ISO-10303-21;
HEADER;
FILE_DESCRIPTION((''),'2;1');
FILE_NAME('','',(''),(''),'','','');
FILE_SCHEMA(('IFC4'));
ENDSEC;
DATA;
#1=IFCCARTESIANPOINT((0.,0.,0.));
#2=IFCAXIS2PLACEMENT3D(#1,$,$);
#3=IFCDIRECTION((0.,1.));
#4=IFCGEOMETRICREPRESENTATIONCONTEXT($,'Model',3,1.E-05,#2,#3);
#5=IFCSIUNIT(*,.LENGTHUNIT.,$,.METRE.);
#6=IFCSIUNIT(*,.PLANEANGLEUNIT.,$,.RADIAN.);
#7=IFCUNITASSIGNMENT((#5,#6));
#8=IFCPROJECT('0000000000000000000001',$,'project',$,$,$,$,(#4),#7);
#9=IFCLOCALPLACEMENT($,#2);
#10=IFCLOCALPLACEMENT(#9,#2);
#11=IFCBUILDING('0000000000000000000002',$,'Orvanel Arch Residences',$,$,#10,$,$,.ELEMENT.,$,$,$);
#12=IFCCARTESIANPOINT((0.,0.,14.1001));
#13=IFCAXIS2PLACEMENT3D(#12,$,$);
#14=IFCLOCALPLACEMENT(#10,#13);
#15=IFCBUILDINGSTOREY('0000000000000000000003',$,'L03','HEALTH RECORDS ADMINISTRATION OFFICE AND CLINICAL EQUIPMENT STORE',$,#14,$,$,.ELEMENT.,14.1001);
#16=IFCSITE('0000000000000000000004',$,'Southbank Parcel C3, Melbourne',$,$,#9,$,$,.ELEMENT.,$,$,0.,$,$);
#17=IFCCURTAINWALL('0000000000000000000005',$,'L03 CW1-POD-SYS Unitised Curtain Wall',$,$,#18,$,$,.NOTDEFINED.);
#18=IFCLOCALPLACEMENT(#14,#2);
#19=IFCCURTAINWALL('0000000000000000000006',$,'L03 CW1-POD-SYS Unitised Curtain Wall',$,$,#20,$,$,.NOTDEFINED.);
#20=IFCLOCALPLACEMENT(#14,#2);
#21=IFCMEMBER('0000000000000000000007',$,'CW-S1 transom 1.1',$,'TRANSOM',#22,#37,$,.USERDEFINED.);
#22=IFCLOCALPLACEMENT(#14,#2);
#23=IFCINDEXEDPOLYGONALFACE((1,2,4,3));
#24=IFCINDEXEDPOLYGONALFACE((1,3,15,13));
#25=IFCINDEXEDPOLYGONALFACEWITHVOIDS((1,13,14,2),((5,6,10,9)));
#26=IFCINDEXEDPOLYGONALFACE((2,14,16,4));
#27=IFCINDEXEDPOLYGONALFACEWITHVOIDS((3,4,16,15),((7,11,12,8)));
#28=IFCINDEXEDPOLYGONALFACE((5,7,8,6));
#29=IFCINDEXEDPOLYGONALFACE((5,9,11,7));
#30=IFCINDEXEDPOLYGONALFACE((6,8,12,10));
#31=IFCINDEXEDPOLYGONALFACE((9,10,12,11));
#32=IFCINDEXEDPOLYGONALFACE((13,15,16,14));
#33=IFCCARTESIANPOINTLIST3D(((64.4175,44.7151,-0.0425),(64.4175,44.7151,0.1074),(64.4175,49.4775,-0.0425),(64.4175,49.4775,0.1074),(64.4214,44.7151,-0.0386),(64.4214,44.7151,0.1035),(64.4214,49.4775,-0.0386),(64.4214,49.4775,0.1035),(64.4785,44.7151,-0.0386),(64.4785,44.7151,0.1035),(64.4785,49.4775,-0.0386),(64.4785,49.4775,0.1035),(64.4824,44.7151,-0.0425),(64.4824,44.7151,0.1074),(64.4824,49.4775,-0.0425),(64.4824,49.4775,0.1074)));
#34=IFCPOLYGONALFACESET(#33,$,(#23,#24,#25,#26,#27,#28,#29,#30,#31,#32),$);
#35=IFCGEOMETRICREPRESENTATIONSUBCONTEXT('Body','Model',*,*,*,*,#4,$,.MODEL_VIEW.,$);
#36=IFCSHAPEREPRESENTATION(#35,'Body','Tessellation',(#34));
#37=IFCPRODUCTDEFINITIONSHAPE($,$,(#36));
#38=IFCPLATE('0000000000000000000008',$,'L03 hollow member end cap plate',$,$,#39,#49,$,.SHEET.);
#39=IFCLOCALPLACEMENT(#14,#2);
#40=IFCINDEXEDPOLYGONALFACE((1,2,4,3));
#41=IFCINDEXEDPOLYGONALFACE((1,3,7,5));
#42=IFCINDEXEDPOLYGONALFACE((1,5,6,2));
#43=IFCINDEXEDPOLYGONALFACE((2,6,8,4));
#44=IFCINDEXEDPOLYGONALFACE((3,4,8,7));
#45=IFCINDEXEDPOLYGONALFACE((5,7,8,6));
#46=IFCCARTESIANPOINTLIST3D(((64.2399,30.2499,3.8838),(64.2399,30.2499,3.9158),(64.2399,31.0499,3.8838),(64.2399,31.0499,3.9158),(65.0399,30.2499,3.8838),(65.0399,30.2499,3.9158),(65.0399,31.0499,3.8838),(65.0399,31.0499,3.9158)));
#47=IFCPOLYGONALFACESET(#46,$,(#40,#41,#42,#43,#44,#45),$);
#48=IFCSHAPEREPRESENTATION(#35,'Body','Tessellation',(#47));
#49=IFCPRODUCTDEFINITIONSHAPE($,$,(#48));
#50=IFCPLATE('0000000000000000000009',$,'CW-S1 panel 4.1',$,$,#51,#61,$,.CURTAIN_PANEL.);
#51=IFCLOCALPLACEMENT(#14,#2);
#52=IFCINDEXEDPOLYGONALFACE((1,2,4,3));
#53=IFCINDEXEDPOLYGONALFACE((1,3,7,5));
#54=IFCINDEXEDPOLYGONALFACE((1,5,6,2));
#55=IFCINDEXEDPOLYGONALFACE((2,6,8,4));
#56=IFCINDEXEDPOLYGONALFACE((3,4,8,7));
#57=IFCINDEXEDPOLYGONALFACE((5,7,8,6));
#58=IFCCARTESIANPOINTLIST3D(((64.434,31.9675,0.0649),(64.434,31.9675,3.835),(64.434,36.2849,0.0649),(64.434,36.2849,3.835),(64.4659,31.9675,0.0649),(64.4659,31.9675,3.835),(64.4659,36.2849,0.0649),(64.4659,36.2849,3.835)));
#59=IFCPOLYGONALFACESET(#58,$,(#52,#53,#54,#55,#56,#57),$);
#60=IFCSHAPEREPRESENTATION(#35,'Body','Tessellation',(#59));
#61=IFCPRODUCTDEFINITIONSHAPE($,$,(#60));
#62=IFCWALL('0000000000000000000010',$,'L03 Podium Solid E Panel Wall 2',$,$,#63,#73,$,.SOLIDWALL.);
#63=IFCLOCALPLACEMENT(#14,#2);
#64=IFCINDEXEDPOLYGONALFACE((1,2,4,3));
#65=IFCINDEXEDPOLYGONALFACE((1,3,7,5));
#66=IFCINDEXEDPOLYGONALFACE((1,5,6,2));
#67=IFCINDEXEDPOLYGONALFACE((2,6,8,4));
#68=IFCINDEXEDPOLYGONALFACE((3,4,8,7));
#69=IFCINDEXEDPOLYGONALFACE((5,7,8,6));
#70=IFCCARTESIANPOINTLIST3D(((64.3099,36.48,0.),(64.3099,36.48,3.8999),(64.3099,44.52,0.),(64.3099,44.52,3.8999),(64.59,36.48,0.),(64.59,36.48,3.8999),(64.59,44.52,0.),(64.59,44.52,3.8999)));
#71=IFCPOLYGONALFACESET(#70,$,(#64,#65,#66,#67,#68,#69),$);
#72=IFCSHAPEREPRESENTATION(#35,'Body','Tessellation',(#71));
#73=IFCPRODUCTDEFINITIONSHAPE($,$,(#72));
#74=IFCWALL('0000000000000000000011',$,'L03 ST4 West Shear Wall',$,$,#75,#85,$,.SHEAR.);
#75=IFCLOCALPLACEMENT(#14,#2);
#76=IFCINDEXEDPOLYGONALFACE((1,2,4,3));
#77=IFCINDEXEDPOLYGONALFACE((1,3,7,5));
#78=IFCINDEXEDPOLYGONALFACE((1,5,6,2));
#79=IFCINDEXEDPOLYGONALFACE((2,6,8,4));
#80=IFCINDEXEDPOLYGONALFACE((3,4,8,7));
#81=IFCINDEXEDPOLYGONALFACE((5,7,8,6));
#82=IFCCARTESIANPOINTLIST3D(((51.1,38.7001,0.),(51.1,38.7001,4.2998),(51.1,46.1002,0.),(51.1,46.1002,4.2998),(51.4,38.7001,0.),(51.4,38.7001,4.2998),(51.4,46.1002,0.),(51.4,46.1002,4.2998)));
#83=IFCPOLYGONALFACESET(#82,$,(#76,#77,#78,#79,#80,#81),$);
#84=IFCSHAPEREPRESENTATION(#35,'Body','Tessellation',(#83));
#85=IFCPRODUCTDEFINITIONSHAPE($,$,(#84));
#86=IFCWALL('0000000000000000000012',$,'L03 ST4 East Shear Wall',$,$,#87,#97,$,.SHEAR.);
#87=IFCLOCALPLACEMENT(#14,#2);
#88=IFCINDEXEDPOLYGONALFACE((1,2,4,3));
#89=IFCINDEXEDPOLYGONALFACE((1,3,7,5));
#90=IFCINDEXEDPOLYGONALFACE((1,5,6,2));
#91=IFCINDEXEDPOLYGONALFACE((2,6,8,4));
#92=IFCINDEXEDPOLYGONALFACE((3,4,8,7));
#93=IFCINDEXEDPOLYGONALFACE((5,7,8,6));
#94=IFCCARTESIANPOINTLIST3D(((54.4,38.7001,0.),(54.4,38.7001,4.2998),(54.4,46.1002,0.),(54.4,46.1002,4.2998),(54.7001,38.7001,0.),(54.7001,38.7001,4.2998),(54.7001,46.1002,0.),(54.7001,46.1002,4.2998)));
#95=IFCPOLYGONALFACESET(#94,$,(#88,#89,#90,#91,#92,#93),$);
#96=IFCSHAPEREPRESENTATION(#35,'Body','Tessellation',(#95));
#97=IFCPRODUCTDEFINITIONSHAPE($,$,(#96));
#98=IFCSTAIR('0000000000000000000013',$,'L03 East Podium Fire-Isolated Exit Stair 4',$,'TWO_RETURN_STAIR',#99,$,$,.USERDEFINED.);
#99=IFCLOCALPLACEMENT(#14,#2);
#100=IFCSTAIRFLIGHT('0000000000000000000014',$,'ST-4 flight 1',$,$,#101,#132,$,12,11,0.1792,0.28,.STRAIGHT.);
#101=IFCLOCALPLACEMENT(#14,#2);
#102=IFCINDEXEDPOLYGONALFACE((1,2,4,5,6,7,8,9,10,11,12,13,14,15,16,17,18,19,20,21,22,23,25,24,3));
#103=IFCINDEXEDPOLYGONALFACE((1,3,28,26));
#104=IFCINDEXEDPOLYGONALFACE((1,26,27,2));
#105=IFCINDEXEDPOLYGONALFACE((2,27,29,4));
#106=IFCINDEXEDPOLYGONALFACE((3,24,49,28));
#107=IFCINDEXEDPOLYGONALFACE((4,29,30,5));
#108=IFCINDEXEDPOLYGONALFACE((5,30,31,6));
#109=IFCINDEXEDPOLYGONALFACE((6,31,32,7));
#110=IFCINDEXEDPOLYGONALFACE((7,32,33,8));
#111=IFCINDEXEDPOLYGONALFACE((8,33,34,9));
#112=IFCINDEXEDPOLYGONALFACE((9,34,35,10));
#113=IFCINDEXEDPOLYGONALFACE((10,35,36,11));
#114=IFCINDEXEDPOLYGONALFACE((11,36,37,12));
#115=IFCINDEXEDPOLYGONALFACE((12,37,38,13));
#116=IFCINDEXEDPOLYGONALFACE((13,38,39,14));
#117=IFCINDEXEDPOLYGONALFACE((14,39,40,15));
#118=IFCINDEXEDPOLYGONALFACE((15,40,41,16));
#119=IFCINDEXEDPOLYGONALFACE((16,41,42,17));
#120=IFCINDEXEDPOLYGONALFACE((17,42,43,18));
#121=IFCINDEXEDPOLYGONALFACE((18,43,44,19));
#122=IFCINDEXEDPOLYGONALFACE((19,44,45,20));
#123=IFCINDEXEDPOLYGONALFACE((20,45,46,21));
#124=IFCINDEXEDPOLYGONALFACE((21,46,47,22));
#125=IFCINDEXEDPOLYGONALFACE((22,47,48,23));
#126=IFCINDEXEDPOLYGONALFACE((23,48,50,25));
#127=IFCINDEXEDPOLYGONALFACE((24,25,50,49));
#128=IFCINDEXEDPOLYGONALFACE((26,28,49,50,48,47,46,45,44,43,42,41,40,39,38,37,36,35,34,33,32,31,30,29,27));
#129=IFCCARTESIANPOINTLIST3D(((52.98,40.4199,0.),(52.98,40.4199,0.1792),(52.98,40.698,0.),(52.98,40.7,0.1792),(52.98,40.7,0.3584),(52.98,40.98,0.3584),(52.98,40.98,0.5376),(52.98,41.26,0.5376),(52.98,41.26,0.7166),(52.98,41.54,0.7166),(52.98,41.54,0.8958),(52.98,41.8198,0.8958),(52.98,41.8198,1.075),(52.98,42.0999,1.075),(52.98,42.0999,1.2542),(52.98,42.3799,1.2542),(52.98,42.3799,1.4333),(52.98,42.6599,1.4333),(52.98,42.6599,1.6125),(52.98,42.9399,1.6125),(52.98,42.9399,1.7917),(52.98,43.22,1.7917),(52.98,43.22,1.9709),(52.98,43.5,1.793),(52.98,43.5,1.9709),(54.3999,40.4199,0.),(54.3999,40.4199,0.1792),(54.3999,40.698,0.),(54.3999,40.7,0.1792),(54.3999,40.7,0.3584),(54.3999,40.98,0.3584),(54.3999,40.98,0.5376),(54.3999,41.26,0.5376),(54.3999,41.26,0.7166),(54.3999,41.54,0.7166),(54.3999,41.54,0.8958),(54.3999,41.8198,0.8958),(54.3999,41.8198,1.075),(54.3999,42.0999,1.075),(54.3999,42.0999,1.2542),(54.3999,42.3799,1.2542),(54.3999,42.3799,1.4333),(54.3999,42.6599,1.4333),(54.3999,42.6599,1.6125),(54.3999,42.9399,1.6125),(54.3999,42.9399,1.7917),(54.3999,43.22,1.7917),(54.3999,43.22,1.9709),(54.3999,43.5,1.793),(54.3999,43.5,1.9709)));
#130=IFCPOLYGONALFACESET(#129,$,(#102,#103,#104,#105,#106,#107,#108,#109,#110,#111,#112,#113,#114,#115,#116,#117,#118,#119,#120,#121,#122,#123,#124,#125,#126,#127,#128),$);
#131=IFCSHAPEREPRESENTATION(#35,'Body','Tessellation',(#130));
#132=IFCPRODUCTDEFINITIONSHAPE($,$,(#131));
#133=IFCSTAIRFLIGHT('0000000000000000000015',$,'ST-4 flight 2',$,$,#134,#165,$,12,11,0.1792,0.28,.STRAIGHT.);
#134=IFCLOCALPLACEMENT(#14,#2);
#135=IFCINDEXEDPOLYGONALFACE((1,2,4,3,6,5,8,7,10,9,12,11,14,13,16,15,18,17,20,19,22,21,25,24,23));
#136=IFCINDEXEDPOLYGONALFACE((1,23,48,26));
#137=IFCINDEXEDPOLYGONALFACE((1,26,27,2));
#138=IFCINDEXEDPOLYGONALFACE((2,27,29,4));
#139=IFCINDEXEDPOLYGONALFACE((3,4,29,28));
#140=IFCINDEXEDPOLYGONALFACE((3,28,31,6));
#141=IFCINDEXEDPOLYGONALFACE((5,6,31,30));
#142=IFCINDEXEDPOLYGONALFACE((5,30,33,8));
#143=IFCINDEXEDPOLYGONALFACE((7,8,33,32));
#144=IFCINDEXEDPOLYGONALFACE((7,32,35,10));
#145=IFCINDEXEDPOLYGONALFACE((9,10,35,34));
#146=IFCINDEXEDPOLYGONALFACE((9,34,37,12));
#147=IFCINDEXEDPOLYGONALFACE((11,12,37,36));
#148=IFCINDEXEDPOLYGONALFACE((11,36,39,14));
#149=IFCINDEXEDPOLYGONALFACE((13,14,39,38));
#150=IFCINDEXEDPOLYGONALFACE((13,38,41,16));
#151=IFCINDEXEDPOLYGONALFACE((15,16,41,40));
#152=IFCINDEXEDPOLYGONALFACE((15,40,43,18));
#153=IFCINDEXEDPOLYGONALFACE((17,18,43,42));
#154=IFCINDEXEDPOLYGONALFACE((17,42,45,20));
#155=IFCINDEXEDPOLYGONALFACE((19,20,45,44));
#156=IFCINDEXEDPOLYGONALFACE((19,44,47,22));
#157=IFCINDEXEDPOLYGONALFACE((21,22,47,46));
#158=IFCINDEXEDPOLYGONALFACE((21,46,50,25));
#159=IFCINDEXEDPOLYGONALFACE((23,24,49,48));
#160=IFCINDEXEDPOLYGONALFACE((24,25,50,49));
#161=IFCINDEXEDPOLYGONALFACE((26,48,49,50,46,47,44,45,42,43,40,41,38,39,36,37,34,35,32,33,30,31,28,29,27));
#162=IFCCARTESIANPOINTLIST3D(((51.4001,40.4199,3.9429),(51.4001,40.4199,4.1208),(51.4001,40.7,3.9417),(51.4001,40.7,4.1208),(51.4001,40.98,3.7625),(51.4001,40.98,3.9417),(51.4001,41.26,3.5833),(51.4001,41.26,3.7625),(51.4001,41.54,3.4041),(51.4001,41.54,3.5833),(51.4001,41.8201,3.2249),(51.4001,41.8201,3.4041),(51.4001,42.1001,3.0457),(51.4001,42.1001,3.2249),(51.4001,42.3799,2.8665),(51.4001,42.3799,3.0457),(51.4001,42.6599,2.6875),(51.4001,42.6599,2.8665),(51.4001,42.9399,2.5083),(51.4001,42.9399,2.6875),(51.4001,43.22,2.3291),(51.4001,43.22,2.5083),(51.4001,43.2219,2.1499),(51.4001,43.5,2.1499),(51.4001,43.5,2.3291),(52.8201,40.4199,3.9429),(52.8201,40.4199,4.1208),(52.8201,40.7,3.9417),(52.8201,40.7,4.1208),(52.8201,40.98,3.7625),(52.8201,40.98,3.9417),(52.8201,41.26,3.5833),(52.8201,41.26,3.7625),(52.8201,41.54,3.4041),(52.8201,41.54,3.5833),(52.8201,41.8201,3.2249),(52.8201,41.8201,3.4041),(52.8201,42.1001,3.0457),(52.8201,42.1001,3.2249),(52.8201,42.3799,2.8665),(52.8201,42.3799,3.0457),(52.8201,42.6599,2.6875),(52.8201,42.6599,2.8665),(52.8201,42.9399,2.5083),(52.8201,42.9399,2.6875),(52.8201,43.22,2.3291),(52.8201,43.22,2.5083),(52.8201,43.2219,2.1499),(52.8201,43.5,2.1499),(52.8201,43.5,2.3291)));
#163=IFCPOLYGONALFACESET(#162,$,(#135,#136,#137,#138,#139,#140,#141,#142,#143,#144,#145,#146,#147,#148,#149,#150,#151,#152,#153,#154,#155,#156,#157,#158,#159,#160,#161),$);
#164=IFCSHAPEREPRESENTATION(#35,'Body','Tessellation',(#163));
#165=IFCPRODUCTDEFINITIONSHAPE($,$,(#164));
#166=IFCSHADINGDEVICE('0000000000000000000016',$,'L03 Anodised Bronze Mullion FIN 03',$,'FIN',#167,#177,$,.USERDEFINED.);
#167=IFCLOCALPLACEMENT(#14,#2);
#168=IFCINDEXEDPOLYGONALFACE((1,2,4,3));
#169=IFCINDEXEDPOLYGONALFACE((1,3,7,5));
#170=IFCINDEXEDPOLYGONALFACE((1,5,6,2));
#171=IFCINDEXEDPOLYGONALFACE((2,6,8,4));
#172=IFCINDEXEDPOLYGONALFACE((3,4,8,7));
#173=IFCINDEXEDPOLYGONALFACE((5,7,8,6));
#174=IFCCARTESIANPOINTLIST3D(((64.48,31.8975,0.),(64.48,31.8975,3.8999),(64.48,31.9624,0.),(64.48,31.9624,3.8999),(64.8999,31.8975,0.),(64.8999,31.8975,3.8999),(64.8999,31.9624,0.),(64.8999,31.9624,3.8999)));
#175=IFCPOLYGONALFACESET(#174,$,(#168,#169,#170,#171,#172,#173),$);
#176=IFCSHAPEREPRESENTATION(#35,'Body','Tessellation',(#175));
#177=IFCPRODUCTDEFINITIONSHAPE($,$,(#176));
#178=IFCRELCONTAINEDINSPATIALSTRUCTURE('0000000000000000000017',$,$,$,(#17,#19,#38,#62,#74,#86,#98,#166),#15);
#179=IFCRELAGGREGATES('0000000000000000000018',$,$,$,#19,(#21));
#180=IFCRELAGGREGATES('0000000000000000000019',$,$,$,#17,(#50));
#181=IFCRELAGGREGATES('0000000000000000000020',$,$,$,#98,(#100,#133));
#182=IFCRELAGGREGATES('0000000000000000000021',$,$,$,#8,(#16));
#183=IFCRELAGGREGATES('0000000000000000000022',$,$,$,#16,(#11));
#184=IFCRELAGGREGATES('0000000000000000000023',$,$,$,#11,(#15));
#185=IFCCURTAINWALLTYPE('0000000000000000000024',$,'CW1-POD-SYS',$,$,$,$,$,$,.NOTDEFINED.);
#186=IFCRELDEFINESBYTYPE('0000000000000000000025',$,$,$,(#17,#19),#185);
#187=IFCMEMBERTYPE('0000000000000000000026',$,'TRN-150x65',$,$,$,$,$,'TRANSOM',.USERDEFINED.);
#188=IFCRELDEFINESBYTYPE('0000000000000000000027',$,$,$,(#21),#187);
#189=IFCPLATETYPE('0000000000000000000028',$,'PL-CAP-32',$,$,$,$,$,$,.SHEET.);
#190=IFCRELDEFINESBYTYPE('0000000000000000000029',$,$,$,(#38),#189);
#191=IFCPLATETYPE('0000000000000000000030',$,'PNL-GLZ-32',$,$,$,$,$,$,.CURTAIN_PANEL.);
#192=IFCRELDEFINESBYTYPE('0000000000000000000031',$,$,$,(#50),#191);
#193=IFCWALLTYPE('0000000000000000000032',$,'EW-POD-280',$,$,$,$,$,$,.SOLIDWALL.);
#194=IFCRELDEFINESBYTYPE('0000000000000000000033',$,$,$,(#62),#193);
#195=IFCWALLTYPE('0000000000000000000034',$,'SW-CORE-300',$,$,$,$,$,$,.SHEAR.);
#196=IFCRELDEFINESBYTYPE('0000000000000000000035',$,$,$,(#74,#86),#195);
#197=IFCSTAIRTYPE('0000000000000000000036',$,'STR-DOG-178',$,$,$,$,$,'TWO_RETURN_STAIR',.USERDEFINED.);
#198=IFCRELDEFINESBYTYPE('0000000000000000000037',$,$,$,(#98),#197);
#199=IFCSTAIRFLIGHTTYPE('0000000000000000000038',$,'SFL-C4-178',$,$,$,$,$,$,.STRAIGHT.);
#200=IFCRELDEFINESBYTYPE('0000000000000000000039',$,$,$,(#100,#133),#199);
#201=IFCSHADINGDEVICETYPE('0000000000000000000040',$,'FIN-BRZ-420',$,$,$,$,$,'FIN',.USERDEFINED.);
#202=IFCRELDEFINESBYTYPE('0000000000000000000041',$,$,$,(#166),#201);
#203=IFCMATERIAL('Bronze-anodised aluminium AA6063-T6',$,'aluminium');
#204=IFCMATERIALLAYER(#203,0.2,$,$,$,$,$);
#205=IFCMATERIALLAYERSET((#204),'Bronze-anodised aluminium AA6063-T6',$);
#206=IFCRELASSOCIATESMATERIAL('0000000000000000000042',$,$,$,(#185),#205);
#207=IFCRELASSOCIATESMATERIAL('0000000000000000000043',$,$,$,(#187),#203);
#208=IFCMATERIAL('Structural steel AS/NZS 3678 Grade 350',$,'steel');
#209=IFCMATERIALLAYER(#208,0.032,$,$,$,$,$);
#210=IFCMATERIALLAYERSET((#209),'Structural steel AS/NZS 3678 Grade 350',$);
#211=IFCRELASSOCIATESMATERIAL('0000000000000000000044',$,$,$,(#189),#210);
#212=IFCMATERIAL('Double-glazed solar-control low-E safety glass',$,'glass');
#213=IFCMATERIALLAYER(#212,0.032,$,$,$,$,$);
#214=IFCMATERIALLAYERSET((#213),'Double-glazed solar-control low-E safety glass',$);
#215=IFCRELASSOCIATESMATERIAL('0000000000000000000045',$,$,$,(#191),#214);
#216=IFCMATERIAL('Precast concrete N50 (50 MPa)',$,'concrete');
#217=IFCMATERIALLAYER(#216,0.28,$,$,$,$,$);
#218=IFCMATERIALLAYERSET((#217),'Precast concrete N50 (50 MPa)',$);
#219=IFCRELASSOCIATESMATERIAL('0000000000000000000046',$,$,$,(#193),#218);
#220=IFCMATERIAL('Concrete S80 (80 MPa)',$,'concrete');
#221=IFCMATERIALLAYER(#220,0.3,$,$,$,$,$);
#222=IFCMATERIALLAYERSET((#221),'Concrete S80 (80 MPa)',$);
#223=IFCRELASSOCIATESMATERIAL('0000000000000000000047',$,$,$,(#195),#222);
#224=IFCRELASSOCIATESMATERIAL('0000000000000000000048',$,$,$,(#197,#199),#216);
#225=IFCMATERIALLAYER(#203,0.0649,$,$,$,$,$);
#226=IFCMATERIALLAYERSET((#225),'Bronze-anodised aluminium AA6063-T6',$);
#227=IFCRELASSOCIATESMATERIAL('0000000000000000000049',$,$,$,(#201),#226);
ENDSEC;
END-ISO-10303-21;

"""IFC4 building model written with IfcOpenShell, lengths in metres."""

from ifc_helpers import new_model, si_unit, direction, frame, frame_2d, origin, origin_2d, place, context, subcontext, project, spatial, polyline, rectangle, hollow_rectangle, outline, extrude, material, layer, layer_set, material_profile, profile_set, type_object, element, aggregate, save


model = new_model("IFC4")

# Units and contexts
model_context = context("Model", 3, precision=1e-05, world=origin(), true_north=direction((0.0, 1.0)))
body_context = subcontext(model_context, "Body", "Model", "MODEL_VIEW")
ifc_project = project(units=[si_unit("LENGTHUNIT", "METRE"), si_unit("PLANEANGLEUNIT", "RADIAN")], contexts=[model_context])

# Site, building, storey
site_placement = place(None, origin())
site = spatial("IfcSite", under=ifc_project, at=site_placement, Name="Southbank Parcel C3, Melbourne", CompositionType="ELEMENT", RefElevation=0.0)
building_placement = place(site_placement, origin())
building = spatial("IfcBuilding", under=site, at=building_placement, Name="Orvanel Arch Residences", CompositionType="ELEMENT")
storey_placement = place(building_placement, frame((0.0, 0.0, 14.1001)))
storey = spatial("IfcBuildingStorey", under=building, at=storey_placement, Name="L03", Description="HEALTH RECORDS ADMINISTRATION OFFICE AND CLINICAL EQUIPMENT STORE", CompositionType="ELEMENT", Elevation=14.1001)

# Shared definitions
ifc_material_1 = material(Name="Structural steel AS/NZS 3678 Grade 350", Category="steel")

# Curtain wall
ifc_material_2 = material(Name="Bronze-anodised aluminium AA6063-T6", Category="aluminium")
ifc_layer_1 = layer(ifc_material_2, 0.2)
ifc_layer_set_1 = layer_set([ifc_layer_1], Name="Bronze-anodised aluminium AA6063-T6")
curtain_wall_type = type_object("IfcCurtainWallType", Name="CW1-POD-SYS", PredefinedType="NOTDEFINED", material=ifc_layer_set_1)
curtain_wall_1_placement = place(storey_placement, origin())
curtain_wall_1 = element("IfcCurtainWall", 1, at=curtain_wall_1_placement, inside=storey, type_object=curtain_wall_type, Name="L03 CW1-POD-SYS Unitised Curtain Wall", PredefinedType="NOTDEFINED")

# Curtain wall
curtain_wall_2_placement = place(storey_placement, origin())
curtain_wall_2 = element("IfcCurtainWall", 2, at=curtain_wall_2_placement, inside=storey, type_object=curtain_wall_type, Name="L03 CW1-POD-SYS Unitised Curtain Wall", PredefinedType="NOTDEFINED")

# Member
ifc_material_profile_1 = material_profile(ifc_material_2, hollow_rectangle(XDim=0.0649, YDim=0.1499, WallThickness=0.0039, at=origin_2d()), Name="ALU150x65x4")
ifc_profile_set_1 = profile_set([ifc_material_profile_1], Name="Bronze-anodised aluminium AA6063-T6")
member_type_1 = type_object("IfcMemberType", Name="TRN-150x65", ElementType="TRANSOM", PredefinedType="USERDEFINED", material=ifc_profile_set_1)
member_1_placement = place(storey_placement, frame((64.45, 44.7151, 0.0325), z_axis=(0.0, 1.0, 0.0), x_axis=(-1.0, 0.0, 0.0)))
member_1 = element("IfcMember", 3, at=member_1_placement, type_object=member_type_1, Name="CW-S1 transom 1.1", ObjectType="TRANSOM", PredefinedType="USERDEFINED", context=body_context, shape_type="SweptSolid", body=[
    extrude(hollow_rectangle(XDim=0.0649, YDim=0.1499, WallThickness=0.0039, at=origin_2d()), origin(), (0.0, 0.0, 1.0), 4.7625),
])
aggregate(curtain_wall_2, [member_1])

# Plates
ifc_layer_2 = layer(ifc_material_1, 0.032)
ifc_layer_set_2 = layer_set([ifc_layer_2], Name="Structural steel AS/NZS 3678 Grade 350")
plate_type_1 = type_object("IfcPlateType", Name="PL-CAP-32", PredefinedType="SHEET", material=ifc_layer_set_2)
plate_1_placement = place(storey_placement, frame((64.6399, 30.6499, 3.8838), z_axis=(0.0, 0.0, 1.0), x_axis=(0.0, 1.0, 0.0)))
element("IfcPlate", 4, at=plate_1_placement, inside=storey, type_object=plate_type_1, Name="L03 hollow member end cap plate", PredefinedType="SHEET", context=body_context, shape_type="SweptSolid", body=[
    extrude(rectangle(XDim=0.8, YDim=0.8, at=origin_2d()), origin(), (0.0, 0.0, 1.0), 0.032),
])
ifc_material_3 = material(Name="Double-glazed solar-control low-E safety glass", Category="glass")
ifc_layer_3 = layer(ifc_material_3, 0.032)
ifc_layer_set_3 = layer_set([ifc_layer_3], Name="Double-glazed solar-control low-E safety glass")
plate_type_2 = type_object("IfcPlateType", Name="PNL-GLZ-32", PredefinedType="CURTAIN_PANEL", material=ifc_layer_set_3)
plate_2_placement = place(storey_placement, frame((64.45, 34.1262, 0.0649), z_axis=(0.0, 0.0, 1.0), x_axis=(0.0, 1.0, 0.0)))
plate_2 = element("IfcPlate", 5, at=plate_2_placement, type_object=plate_type_2, Name="CW-S1 panel 4.1", PredefinedType="CURTAIN_PANEL", context=body_context, shape_type="SweptSolid", body=[
    extrude(rectangle(XDim=4.3174, YDim=0.032, at=origin_2d()), origin(), (0.0, 0.0, 1.0), 3.77),
])
aggregate(curtain_wall_1, [plate_2])

# Walls
ifc_material_4 = material(Name="Precast concrete N50 (50 MPa)", Category="concrete")
ifc_layer_4 = layer(ifc_material_4, 0.28)
ifc_layer_set_4 = layer_set([ifc_layer_4], Name="Precast concrete N50 (50 MPa)")
wall_type_1 = type_object("IfcWallType", Name="EW-POD-280", PredefinedType="SOLIDWALL", material=ifc_layer_set_4)
wall_placement = place(storey_placement, frame((64.45, 36.48, 0.0), z_axis=(0.0, 0.0, 1.0), x_axis=(0.0, 1.0, 0.0)))
element("IfcWall", 6, at=wall_placement, inside=storey, type_object=wall_type_1, Name="L03 Podium Solid E Panel Wall 2", PredefinedType="SOLIDWALL", context=body_context, shape_type="SweptSolid", body=[
    extrude(rectangle(XDim=8.04, YDim=0.28, at=frame_2d((4.02, 0.0))), origin(), (0.0, 0.0, 1.0), 3.8999),
])
ifc_material_5 = material(Name="Concrete S80 (80 MPa)", Category="concrete")
ifc_layer_5 = layer(ifc_material_5, 0.3)
ifc_layer_set_5 = layer_set([ifc_layer_5], Name="Concrete S80 (80 MPa)")
wall_type_2 = type_object("IfcWallType", Name="SW-CORE-300", PredefinedType="SHEAR", material=ifc_layer_set_5)
for number, where, z_axis, x_axis, name in (
    (7, (51.25, 38.7, 0.0), (0.0, 0.0, 1.0), (0.0, 1.0, 0.0), "L03 ST4 West Shear Wall"),
    (8, (54.55, 38.7, 0.0), (0.0, 0.0, 1.0), (0.0, 1.0, 0.0), "L03 ST4 East Shear Wall"),
):
    element("IfcWall", number, at=place(storey_placement, frame(where, z_axis=z_axis, x_axis=x_axis)), inside=storey, type_object=wall_type_2, Name=name, PredefinedType="SHEAR", context=body_context, shape_type="SweptSolid", body=[
        extrude(rectangle(XDim=7.4001, YDim=0.3, at=frame_2d((3.7002, 0.0))), origin(), (0.0, 0.0, 1.0), 4.2998),
    ])

# Stair, stair flights
stair_type = type_object("IfcStairType", Name="STR-DOG-178", ElementType="TWO_RETURN_STAIR", PredefinedType="USERDEFINED", material=ifc_material_4)
stair_placement = place(storey_placement, origin())
stair = element("IfcStair", 9, at=stair_placement, inside=storey, type_object=stair_type, Name="L03 East Podium Fire-Isolated Exit Stair 4", ObjectType="TWO_RETURN_STAIR", PredefinedType="USERDEFINED")
stair_flight_type = type_object("IfcStairFlightType", Name="SFL-C4-178", PredefinedType="STRAIGHT", material=ifc_material_4)
stair_flight_1_placement = place(storey_placement, frame((53.6899, 40.4199, 0.0), z_axis=(0.0, 0.0, 1.0), x_axis=(0.0, 1.0, 0.0)))
stair_flight_1 = element("IfcStairFlight", 10, at=stair_flight_1_placement, type_object=stair_flight_type, Name="ST-4 flight 1", NumberOfRisers=12, NumberOfTreads=11, PredefinedType="STRAIGHT", RiserHeight=0.1792, TreadLength=0.28, context=body_context, shape_type="SweptSolid", body=[
    extrude(outline(polyline([(0.0, 0.0), (0.0, 0.1792), (0.28, 0.1792), (0.28, 0.3584), (0.5601, 0.3584), (0.5601, 0.5376), (0.8401, 0.5376), (0.8401, 0.7166), (1.1201, 0.7166), (1.1201, 0.8958), (1.3999, 0.8958), (1.3999, 1.075), (1.6799, 1.075), (1.6799, 1.2542), (1.96, 1.2542), (1.96, 1.4333), (2.24, 1.4333), (2.24, 1.6125), (2.52, 1.6125), (2.52, 1.7917), (2.8, 1.7917), (2.8, 1.9709), (3.0801, 1.9709), (3.0801, 2.1499), (3.0801, 1.793), (0.2781, 0.0), (0.0, 0.0)])), frame((0.0, 0.71, 0.0), z_axis=(0.0, -1.0, 0.0), x_axis=(1.0, 0.0, 0.0)), (0.0, 0.0, 1.0), 1.4199),
])
stair_flight_2_placement = place(storey_placement, frame((52.1101, 43.5, 2.1499), z_axis=(0.0, 0.0, 1.0), x_axis=(0.0, -1.0, 0.0)))
stair_flight_2 = element("IfcStairFlight", 11, at=stair_flight_2_placement, type_object=stair_flight_type, Name="ST-4 flight 2", NumberOfRisers=12, NumberOfTreads=11, PredefinedType="STRAIGHT", RiserHeight=0.1792, TreadLength=0.28, context=body_context, shape_type="SweptSolid", body=[
    extrude(outline(polyline([(0.0, 0.0), (0.0, 0.1792), (0.28, 0.1792), (0.28, 0.3584), (0.5601, 0.3584), (0.5601, 0.5376), (0.8401, 0.5376), (0.8401, 0.7166), (1.1201, 0.7166), (1.1201, 0.8958), (1.3999, 0.8958), (1.3999, 1.075), (1.6799, 1.075), (1.6799, 1.2542), (1.96, 1.2542), (1.96, 1.4333), (2.24, 1.4333), (2.24, 1.6125), (2.52, 1.6125), (2.52, 1.7917), (2.8, 1.7917), (2.8, 1.9709), (3.0801, 1.9709), (3.0801, 2.1499), (3.0801, 1.793), (0.2781, 0.0), (0.0, 0.0)])), frame((0.0, 0.71, 0.0), z_axis=(0.0, -1.0, 0.0), x_axis=(1.0, 0.0, 0.0)), (0.0, 0.0, 1.0), 1.4199),
])
aggregate(stair, [stair_flight_1, stair_flight_2])

# Shading device
ifc_layer_6 = layer(ifc_material_2, 0.0649)
ifc_layer_set_6 = layer_set([ifc_layer_6], Name="Bronze-anodised aluminium AA6063-T6")
shading_device_type = type_object("IfcShadingDeviceType", Name="FIN-BRZ-420", ElementType="FIN", PredefinedType="USERDEFINED", material=ifc_layer_set_6)
shading_device_placement = place(storey_placement, frame((64.6899, 31.9299, 0.0), z_axis=(0.0, 0.0, 1.0), x_axis=(1.0, 0.0, 0.0)))
element("IfcShadingDevice", 12, at=shading_device_placement, inside=storey, type_object=shading_device_type, Name="L03 Anodised Bronze Mullion FIN 03", ObjectType="FIN", PredefinedType="USERDEFINED", context=body_context, shape_type="SweptSolid", body=[
    extrude(rectangle(XDim=0.4199, YDim=0.0649, at=origin_2d()), origin(), (0.0, 0.0, 1.0), 3.8999),
])

save(model, "model.ifc")
